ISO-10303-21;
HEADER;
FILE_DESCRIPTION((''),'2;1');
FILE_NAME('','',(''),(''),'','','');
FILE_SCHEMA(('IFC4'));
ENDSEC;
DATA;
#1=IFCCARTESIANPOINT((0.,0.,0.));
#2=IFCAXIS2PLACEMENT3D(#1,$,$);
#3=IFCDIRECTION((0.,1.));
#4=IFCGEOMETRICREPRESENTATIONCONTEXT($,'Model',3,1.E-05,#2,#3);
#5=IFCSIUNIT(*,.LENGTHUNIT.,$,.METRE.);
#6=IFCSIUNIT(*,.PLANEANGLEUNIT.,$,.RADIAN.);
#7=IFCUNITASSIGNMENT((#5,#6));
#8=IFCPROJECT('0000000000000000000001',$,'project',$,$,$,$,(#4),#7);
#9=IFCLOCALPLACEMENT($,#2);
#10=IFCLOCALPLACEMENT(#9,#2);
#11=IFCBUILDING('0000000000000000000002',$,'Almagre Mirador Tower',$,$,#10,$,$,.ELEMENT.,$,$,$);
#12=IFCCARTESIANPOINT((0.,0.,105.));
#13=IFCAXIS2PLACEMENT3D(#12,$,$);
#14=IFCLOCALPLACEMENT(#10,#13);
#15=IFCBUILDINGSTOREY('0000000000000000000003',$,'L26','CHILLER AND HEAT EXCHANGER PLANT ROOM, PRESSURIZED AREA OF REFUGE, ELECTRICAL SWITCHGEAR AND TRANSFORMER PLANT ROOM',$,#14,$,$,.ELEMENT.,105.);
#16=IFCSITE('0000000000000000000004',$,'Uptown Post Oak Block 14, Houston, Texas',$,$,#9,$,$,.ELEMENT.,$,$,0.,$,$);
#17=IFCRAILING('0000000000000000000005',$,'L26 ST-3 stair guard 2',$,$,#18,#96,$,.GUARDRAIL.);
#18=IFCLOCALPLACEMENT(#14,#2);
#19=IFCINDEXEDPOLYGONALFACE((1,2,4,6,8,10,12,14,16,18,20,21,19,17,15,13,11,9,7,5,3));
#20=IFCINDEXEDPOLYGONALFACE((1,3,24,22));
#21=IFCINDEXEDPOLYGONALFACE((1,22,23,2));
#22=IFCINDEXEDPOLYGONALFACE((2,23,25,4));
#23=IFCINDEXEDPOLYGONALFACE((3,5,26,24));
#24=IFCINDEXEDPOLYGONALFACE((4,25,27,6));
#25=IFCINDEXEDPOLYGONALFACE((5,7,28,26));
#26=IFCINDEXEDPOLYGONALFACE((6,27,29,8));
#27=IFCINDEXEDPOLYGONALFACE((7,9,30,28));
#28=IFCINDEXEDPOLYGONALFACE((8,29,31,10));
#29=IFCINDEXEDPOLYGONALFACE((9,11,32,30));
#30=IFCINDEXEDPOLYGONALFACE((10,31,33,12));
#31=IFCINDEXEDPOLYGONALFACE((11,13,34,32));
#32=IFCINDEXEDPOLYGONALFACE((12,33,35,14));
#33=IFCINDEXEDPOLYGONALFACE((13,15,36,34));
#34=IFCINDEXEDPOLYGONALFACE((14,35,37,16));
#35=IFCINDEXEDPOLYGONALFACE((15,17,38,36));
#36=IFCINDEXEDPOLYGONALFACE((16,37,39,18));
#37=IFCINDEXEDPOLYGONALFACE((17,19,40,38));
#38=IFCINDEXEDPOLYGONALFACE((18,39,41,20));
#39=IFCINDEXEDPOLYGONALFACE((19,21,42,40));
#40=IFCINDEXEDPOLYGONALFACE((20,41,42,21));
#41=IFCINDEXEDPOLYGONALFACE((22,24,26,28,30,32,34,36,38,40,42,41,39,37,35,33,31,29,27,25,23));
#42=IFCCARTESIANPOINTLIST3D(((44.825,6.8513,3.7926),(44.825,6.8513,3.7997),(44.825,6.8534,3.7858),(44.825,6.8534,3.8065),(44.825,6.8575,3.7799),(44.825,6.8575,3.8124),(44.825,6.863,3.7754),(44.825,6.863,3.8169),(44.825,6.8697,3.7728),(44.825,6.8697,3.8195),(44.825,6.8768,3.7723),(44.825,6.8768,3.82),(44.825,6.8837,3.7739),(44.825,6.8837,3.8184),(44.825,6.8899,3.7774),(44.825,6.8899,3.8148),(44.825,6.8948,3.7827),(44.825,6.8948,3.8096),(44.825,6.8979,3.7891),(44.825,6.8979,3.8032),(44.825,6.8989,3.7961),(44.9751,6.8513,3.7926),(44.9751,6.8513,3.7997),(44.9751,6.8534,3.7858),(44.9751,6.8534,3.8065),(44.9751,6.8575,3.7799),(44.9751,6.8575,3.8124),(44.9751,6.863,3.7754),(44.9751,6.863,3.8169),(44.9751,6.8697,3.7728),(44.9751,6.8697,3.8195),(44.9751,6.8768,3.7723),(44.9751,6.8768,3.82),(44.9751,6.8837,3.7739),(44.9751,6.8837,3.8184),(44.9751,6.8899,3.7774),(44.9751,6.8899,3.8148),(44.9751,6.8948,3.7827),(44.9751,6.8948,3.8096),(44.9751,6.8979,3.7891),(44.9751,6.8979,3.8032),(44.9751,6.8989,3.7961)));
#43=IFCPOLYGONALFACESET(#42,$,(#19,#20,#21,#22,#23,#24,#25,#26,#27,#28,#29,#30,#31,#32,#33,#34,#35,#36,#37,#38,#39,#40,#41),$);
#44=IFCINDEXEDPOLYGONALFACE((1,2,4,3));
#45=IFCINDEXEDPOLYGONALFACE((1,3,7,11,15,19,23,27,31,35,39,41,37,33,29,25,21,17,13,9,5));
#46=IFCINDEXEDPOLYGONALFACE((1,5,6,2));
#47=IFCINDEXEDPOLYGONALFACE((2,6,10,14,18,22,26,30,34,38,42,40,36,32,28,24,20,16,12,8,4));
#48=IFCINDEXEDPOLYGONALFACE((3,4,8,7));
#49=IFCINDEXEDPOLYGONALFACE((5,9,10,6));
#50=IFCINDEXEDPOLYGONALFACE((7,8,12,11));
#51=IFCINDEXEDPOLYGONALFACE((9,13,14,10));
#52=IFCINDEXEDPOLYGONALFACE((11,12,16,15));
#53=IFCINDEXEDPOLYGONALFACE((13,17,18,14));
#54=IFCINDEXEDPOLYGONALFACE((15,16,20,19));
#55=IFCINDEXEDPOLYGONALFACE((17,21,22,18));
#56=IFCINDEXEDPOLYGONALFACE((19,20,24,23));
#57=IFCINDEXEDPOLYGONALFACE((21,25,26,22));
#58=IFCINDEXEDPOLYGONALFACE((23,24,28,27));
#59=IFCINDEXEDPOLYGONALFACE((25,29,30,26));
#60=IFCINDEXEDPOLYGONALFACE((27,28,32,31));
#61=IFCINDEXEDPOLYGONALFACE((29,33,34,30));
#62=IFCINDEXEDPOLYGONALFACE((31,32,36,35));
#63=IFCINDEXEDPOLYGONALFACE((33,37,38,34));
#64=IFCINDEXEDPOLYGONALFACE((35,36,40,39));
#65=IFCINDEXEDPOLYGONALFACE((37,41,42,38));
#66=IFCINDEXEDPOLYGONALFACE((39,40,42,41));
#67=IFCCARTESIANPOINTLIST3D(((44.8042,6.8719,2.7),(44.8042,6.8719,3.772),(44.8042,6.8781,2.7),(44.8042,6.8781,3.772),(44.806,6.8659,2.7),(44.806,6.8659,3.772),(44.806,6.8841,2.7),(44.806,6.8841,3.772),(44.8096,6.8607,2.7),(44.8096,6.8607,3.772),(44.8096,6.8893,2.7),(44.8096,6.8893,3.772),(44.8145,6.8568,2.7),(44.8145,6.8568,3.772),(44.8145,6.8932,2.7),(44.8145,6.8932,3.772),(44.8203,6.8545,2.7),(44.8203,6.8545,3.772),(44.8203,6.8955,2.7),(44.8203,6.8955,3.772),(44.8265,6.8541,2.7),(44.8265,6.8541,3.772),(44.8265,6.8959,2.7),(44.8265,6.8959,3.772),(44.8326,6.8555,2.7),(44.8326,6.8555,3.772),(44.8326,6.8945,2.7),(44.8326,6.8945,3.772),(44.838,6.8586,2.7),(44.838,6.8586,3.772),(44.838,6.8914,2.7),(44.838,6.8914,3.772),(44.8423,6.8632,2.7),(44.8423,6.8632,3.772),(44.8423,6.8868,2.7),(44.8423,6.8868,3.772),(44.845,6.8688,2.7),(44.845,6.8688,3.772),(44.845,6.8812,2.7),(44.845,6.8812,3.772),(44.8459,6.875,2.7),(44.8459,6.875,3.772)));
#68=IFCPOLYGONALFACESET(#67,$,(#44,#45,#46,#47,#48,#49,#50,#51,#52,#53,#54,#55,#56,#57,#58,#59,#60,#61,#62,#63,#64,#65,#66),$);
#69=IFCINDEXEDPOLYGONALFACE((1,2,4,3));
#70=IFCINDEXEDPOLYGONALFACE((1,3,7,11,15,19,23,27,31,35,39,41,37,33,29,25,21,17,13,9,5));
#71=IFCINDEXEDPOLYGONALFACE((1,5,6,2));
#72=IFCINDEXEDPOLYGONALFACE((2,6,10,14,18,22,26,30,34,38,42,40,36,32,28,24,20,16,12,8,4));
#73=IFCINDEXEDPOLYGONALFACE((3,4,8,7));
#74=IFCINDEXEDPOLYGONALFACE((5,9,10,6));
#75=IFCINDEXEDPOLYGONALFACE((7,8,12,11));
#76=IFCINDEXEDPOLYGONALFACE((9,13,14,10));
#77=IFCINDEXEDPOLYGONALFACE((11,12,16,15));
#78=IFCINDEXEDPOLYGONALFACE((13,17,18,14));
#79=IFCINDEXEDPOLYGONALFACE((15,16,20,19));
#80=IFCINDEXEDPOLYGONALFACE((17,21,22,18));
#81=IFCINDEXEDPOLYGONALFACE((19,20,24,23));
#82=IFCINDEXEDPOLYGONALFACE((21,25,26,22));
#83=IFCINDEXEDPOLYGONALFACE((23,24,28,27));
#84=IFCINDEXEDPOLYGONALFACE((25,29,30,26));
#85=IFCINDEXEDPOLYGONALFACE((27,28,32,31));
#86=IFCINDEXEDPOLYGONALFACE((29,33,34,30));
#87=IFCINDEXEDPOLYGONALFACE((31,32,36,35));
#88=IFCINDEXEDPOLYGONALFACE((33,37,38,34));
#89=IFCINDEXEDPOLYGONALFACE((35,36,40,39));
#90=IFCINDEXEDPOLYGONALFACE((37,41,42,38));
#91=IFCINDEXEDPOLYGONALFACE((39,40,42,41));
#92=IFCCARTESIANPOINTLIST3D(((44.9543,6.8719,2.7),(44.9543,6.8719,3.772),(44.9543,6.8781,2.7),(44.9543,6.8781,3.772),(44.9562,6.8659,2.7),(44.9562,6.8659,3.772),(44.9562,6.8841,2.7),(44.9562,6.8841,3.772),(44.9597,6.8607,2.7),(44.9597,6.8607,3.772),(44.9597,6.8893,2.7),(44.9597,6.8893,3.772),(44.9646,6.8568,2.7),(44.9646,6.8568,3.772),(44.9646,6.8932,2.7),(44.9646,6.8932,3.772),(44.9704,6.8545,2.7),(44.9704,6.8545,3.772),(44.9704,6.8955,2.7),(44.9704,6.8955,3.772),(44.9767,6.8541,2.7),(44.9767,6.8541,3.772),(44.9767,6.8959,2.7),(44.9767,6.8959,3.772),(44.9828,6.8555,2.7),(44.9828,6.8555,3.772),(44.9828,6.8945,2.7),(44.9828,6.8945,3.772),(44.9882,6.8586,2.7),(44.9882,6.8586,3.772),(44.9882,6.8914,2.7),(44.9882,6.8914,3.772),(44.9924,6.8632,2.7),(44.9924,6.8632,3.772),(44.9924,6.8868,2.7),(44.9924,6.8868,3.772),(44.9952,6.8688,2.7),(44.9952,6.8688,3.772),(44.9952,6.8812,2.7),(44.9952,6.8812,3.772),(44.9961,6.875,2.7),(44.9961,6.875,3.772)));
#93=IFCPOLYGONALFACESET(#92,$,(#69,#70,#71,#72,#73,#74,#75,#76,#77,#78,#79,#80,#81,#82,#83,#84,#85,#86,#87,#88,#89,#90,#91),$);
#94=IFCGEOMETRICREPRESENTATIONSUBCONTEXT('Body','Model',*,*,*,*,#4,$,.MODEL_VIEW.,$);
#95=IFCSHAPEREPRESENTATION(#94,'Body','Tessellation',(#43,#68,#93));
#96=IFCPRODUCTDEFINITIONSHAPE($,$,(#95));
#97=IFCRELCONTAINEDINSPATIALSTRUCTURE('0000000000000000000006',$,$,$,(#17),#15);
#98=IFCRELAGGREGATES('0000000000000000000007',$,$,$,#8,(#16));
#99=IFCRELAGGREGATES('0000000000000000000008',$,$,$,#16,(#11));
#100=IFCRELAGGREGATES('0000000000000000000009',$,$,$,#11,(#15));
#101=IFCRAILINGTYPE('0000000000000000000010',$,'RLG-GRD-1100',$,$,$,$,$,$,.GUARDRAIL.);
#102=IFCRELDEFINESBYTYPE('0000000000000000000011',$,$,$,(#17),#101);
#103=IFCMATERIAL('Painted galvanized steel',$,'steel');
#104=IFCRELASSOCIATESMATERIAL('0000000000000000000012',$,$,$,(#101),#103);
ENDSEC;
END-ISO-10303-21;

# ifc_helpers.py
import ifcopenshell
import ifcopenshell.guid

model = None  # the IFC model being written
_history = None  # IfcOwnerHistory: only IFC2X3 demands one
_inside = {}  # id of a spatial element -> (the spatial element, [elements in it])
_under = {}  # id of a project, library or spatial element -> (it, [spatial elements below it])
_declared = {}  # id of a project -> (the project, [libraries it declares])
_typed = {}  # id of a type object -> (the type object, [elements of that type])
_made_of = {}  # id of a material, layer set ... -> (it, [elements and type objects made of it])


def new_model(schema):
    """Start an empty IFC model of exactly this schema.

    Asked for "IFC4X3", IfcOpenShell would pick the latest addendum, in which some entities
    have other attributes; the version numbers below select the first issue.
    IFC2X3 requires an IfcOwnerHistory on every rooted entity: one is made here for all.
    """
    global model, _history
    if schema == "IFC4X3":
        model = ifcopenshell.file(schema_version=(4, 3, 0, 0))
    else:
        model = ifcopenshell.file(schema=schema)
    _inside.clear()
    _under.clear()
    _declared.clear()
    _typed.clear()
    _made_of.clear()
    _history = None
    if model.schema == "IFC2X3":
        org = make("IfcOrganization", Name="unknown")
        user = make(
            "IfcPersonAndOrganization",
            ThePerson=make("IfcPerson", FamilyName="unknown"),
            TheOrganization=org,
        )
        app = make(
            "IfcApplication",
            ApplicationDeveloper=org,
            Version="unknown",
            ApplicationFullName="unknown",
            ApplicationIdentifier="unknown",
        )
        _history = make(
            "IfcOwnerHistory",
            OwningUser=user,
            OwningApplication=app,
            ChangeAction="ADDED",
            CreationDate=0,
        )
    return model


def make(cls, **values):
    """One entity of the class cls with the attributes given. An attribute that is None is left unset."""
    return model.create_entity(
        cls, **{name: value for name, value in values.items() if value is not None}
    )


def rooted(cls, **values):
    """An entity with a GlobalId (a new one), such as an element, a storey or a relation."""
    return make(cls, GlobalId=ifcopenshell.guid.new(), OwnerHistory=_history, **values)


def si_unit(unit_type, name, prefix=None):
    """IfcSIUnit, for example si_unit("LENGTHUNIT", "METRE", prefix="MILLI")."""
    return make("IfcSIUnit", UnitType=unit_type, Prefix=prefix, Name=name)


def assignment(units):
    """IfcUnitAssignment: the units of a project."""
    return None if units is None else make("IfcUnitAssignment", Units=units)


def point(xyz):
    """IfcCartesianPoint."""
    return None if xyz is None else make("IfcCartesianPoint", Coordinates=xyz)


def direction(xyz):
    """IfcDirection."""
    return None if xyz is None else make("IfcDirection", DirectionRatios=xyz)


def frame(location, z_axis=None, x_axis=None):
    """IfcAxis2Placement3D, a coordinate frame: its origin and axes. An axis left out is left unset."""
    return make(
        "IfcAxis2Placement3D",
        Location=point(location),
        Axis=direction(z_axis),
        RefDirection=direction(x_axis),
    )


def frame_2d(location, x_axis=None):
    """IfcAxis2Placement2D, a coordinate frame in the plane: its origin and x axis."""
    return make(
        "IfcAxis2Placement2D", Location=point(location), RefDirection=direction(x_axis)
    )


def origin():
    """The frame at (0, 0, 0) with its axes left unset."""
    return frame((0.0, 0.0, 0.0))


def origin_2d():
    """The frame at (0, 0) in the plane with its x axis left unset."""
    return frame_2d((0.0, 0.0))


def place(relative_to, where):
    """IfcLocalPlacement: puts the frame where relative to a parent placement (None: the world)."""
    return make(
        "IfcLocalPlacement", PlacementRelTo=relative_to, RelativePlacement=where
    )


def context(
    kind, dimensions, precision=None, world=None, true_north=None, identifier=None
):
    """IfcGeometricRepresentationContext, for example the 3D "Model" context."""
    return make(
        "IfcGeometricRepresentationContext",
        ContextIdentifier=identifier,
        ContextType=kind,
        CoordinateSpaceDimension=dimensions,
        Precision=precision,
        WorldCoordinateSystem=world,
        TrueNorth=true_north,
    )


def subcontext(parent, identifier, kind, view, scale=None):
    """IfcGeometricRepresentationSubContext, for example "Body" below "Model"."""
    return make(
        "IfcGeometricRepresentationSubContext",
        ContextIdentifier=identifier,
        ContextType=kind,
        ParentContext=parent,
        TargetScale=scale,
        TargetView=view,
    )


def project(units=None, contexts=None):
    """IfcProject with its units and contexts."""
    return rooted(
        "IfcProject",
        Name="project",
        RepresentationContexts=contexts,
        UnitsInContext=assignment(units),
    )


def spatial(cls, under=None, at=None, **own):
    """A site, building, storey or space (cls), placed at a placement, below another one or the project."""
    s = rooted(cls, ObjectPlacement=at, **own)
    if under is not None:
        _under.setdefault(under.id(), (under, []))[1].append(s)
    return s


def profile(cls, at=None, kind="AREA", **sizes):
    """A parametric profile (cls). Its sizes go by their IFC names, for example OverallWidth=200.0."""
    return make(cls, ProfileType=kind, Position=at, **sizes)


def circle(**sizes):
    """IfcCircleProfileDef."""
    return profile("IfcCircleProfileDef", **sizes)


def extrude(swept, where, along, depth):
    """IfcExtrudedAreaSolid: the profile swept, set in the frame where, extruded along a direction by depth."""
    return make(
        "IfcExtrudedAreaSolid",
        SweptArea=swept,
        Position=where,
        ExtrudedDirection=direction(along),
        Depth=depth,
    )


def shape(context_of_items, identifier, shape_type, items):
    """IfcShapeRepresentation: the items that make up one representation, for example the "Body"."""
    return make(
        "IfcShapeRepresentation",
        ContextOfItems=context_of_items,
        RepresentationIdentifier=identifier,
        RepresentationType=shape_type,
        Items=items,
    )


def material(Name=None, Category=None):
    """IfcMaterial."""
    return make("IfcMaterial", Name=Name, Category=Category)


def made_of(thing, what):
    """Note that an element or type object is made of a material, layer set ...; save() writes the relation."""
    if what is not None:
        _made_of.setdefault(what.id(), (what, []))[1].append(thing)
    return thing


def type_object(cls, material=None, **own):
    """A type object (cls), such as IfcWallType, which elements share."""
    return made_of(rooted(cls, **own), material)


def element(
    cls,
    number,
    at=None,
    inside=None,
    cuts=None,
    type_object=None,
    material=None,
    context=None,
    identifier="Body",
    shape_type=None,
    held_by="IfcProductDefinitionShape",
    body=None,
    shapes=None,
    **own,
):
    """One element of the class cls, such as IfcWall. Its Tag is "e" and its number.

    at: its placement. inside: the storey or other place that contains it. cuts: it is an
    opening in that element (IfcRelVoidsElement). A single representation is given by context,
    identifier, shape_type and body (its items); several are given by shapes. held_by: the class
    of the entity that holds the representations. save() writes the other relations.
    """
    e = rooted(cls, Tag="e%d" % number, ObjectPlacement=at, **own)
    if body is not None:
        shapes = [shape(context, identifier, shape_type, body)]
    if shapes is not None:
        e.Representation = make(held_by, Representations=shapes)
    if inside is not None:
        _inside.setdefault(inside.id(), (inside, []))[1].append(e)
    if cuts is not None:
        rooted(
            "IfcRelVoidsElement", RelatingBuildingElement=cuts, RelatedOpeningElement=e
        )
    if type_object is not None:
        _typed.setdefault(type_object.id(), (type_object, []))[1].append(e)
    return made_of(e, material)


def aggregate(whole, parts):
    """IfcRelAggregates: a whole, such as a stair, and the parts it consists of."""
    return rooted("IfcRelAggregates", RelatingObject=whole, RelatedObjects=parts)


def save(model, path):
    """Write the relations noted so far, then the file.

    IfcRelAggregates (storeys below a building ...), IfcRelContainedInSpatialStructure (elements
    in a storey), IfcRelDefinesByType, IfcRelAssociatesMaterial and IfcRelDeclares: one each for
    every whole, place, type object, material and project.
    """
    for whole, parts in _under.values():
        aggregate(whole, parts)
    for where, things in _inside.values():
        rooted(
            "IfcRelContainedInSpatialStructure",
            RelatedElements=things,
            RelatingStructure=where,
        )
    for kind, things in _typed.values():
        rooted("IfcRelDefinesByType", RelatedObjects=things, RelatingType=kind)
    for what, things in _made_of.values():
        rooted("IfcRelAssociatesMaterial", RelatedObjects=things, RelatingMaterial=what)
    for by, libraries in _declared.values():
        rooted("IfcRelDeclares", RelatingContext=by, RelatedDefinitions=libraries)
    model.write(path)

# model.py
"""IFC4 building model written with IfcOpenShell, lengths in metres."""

from ifc_helpers import new_model, si_unit, direction, frame, origin, origin_2d, place, context, subcontext, project, spatial, circle, extrude, material, type_object, element, save


model = new_model("IFC4")

# Units and contexts
model_context = context("Model", 3, precision=1e-05, world=origin(), true_north=direction((0.0, 1.0)))
body_context = subcontext(model_context, "Body", "Model", "MODEL_VIEW")
ifc_project = project(units=[si_unit("LENGTHUNIT", "METRE"), si_unit("PLANEANGLEUNIT", "RADIAN")], contexts=[model_context])

# Site, building, storey
site_placement = place(None, origin())
site = spatial("IfcSite", under=ifc_project, at=site_placement, Name="Uptown Post Oak Block 14, Houston, Texas", CompositionType="ELEMENT", RefElevation=0.0)
building_placement = place(site_placement, origin())
building = spatial("IfcBuilding", under=site, at=building_placement, Name="Almagre Mirador Tower", CompositionType="ELEMENT")
storey_placement = place(building_placement, frame((0.0, 0.0, 105.0)))
storey = spatial("IfcBuildingStorey", under=building, at=storey_placement, Name="L26", Description="CHILLER AND HEAT EXCHANGER PLANT ROOM, PRESSURIZED AREA OF REFUGE, ELECTRICAL SWITCHGEAR AND TRANSFORMER PLANT ROOM", CompositionType="ELEMENT", Elevation=105.0)

# Railing
ifc_material_1 = material(Name="Painted galvanized steel", Category="steel")
railing_type_1 = type_object("IfcRailingType", Name="RLG-GRD-1100", PredefinedType="GUARDRAIL", material=ifc_material_1)
railing_1_placement = place(storey_placement, frame((44.825, 6.875, 2.7)))
element("IfcRailing", 1, at=railing_1_placement, inside=storey, type_object=railing_type_1, Name="L26 ST-3 stair guard 2", PredefinedType="GUARDRAIL", context=body_context, shape_type="SweptSolid", body=[
    extrude(circle(Radius=0.0239, at=origin_2d()), frame((0.0, 0.0, 1.0962), z_axis=(1.0, 0.0, 0.0), x_axis=(0.0, 1.0, 0.0)), (0.0, 0.0, 1.0), 0.1501),
    extrude(circle(Radius=0.021, at=origin_2d()), origin(), (0.0, 0.0, 1.0), 1.072),
    extrude(circle(Radius=0.021, at=origin_2d()), frame((0.1501, 0.0, 0.0)), (0.0, 0.0, 1.0), 1.072),
])

save(model, "model.ifc")
